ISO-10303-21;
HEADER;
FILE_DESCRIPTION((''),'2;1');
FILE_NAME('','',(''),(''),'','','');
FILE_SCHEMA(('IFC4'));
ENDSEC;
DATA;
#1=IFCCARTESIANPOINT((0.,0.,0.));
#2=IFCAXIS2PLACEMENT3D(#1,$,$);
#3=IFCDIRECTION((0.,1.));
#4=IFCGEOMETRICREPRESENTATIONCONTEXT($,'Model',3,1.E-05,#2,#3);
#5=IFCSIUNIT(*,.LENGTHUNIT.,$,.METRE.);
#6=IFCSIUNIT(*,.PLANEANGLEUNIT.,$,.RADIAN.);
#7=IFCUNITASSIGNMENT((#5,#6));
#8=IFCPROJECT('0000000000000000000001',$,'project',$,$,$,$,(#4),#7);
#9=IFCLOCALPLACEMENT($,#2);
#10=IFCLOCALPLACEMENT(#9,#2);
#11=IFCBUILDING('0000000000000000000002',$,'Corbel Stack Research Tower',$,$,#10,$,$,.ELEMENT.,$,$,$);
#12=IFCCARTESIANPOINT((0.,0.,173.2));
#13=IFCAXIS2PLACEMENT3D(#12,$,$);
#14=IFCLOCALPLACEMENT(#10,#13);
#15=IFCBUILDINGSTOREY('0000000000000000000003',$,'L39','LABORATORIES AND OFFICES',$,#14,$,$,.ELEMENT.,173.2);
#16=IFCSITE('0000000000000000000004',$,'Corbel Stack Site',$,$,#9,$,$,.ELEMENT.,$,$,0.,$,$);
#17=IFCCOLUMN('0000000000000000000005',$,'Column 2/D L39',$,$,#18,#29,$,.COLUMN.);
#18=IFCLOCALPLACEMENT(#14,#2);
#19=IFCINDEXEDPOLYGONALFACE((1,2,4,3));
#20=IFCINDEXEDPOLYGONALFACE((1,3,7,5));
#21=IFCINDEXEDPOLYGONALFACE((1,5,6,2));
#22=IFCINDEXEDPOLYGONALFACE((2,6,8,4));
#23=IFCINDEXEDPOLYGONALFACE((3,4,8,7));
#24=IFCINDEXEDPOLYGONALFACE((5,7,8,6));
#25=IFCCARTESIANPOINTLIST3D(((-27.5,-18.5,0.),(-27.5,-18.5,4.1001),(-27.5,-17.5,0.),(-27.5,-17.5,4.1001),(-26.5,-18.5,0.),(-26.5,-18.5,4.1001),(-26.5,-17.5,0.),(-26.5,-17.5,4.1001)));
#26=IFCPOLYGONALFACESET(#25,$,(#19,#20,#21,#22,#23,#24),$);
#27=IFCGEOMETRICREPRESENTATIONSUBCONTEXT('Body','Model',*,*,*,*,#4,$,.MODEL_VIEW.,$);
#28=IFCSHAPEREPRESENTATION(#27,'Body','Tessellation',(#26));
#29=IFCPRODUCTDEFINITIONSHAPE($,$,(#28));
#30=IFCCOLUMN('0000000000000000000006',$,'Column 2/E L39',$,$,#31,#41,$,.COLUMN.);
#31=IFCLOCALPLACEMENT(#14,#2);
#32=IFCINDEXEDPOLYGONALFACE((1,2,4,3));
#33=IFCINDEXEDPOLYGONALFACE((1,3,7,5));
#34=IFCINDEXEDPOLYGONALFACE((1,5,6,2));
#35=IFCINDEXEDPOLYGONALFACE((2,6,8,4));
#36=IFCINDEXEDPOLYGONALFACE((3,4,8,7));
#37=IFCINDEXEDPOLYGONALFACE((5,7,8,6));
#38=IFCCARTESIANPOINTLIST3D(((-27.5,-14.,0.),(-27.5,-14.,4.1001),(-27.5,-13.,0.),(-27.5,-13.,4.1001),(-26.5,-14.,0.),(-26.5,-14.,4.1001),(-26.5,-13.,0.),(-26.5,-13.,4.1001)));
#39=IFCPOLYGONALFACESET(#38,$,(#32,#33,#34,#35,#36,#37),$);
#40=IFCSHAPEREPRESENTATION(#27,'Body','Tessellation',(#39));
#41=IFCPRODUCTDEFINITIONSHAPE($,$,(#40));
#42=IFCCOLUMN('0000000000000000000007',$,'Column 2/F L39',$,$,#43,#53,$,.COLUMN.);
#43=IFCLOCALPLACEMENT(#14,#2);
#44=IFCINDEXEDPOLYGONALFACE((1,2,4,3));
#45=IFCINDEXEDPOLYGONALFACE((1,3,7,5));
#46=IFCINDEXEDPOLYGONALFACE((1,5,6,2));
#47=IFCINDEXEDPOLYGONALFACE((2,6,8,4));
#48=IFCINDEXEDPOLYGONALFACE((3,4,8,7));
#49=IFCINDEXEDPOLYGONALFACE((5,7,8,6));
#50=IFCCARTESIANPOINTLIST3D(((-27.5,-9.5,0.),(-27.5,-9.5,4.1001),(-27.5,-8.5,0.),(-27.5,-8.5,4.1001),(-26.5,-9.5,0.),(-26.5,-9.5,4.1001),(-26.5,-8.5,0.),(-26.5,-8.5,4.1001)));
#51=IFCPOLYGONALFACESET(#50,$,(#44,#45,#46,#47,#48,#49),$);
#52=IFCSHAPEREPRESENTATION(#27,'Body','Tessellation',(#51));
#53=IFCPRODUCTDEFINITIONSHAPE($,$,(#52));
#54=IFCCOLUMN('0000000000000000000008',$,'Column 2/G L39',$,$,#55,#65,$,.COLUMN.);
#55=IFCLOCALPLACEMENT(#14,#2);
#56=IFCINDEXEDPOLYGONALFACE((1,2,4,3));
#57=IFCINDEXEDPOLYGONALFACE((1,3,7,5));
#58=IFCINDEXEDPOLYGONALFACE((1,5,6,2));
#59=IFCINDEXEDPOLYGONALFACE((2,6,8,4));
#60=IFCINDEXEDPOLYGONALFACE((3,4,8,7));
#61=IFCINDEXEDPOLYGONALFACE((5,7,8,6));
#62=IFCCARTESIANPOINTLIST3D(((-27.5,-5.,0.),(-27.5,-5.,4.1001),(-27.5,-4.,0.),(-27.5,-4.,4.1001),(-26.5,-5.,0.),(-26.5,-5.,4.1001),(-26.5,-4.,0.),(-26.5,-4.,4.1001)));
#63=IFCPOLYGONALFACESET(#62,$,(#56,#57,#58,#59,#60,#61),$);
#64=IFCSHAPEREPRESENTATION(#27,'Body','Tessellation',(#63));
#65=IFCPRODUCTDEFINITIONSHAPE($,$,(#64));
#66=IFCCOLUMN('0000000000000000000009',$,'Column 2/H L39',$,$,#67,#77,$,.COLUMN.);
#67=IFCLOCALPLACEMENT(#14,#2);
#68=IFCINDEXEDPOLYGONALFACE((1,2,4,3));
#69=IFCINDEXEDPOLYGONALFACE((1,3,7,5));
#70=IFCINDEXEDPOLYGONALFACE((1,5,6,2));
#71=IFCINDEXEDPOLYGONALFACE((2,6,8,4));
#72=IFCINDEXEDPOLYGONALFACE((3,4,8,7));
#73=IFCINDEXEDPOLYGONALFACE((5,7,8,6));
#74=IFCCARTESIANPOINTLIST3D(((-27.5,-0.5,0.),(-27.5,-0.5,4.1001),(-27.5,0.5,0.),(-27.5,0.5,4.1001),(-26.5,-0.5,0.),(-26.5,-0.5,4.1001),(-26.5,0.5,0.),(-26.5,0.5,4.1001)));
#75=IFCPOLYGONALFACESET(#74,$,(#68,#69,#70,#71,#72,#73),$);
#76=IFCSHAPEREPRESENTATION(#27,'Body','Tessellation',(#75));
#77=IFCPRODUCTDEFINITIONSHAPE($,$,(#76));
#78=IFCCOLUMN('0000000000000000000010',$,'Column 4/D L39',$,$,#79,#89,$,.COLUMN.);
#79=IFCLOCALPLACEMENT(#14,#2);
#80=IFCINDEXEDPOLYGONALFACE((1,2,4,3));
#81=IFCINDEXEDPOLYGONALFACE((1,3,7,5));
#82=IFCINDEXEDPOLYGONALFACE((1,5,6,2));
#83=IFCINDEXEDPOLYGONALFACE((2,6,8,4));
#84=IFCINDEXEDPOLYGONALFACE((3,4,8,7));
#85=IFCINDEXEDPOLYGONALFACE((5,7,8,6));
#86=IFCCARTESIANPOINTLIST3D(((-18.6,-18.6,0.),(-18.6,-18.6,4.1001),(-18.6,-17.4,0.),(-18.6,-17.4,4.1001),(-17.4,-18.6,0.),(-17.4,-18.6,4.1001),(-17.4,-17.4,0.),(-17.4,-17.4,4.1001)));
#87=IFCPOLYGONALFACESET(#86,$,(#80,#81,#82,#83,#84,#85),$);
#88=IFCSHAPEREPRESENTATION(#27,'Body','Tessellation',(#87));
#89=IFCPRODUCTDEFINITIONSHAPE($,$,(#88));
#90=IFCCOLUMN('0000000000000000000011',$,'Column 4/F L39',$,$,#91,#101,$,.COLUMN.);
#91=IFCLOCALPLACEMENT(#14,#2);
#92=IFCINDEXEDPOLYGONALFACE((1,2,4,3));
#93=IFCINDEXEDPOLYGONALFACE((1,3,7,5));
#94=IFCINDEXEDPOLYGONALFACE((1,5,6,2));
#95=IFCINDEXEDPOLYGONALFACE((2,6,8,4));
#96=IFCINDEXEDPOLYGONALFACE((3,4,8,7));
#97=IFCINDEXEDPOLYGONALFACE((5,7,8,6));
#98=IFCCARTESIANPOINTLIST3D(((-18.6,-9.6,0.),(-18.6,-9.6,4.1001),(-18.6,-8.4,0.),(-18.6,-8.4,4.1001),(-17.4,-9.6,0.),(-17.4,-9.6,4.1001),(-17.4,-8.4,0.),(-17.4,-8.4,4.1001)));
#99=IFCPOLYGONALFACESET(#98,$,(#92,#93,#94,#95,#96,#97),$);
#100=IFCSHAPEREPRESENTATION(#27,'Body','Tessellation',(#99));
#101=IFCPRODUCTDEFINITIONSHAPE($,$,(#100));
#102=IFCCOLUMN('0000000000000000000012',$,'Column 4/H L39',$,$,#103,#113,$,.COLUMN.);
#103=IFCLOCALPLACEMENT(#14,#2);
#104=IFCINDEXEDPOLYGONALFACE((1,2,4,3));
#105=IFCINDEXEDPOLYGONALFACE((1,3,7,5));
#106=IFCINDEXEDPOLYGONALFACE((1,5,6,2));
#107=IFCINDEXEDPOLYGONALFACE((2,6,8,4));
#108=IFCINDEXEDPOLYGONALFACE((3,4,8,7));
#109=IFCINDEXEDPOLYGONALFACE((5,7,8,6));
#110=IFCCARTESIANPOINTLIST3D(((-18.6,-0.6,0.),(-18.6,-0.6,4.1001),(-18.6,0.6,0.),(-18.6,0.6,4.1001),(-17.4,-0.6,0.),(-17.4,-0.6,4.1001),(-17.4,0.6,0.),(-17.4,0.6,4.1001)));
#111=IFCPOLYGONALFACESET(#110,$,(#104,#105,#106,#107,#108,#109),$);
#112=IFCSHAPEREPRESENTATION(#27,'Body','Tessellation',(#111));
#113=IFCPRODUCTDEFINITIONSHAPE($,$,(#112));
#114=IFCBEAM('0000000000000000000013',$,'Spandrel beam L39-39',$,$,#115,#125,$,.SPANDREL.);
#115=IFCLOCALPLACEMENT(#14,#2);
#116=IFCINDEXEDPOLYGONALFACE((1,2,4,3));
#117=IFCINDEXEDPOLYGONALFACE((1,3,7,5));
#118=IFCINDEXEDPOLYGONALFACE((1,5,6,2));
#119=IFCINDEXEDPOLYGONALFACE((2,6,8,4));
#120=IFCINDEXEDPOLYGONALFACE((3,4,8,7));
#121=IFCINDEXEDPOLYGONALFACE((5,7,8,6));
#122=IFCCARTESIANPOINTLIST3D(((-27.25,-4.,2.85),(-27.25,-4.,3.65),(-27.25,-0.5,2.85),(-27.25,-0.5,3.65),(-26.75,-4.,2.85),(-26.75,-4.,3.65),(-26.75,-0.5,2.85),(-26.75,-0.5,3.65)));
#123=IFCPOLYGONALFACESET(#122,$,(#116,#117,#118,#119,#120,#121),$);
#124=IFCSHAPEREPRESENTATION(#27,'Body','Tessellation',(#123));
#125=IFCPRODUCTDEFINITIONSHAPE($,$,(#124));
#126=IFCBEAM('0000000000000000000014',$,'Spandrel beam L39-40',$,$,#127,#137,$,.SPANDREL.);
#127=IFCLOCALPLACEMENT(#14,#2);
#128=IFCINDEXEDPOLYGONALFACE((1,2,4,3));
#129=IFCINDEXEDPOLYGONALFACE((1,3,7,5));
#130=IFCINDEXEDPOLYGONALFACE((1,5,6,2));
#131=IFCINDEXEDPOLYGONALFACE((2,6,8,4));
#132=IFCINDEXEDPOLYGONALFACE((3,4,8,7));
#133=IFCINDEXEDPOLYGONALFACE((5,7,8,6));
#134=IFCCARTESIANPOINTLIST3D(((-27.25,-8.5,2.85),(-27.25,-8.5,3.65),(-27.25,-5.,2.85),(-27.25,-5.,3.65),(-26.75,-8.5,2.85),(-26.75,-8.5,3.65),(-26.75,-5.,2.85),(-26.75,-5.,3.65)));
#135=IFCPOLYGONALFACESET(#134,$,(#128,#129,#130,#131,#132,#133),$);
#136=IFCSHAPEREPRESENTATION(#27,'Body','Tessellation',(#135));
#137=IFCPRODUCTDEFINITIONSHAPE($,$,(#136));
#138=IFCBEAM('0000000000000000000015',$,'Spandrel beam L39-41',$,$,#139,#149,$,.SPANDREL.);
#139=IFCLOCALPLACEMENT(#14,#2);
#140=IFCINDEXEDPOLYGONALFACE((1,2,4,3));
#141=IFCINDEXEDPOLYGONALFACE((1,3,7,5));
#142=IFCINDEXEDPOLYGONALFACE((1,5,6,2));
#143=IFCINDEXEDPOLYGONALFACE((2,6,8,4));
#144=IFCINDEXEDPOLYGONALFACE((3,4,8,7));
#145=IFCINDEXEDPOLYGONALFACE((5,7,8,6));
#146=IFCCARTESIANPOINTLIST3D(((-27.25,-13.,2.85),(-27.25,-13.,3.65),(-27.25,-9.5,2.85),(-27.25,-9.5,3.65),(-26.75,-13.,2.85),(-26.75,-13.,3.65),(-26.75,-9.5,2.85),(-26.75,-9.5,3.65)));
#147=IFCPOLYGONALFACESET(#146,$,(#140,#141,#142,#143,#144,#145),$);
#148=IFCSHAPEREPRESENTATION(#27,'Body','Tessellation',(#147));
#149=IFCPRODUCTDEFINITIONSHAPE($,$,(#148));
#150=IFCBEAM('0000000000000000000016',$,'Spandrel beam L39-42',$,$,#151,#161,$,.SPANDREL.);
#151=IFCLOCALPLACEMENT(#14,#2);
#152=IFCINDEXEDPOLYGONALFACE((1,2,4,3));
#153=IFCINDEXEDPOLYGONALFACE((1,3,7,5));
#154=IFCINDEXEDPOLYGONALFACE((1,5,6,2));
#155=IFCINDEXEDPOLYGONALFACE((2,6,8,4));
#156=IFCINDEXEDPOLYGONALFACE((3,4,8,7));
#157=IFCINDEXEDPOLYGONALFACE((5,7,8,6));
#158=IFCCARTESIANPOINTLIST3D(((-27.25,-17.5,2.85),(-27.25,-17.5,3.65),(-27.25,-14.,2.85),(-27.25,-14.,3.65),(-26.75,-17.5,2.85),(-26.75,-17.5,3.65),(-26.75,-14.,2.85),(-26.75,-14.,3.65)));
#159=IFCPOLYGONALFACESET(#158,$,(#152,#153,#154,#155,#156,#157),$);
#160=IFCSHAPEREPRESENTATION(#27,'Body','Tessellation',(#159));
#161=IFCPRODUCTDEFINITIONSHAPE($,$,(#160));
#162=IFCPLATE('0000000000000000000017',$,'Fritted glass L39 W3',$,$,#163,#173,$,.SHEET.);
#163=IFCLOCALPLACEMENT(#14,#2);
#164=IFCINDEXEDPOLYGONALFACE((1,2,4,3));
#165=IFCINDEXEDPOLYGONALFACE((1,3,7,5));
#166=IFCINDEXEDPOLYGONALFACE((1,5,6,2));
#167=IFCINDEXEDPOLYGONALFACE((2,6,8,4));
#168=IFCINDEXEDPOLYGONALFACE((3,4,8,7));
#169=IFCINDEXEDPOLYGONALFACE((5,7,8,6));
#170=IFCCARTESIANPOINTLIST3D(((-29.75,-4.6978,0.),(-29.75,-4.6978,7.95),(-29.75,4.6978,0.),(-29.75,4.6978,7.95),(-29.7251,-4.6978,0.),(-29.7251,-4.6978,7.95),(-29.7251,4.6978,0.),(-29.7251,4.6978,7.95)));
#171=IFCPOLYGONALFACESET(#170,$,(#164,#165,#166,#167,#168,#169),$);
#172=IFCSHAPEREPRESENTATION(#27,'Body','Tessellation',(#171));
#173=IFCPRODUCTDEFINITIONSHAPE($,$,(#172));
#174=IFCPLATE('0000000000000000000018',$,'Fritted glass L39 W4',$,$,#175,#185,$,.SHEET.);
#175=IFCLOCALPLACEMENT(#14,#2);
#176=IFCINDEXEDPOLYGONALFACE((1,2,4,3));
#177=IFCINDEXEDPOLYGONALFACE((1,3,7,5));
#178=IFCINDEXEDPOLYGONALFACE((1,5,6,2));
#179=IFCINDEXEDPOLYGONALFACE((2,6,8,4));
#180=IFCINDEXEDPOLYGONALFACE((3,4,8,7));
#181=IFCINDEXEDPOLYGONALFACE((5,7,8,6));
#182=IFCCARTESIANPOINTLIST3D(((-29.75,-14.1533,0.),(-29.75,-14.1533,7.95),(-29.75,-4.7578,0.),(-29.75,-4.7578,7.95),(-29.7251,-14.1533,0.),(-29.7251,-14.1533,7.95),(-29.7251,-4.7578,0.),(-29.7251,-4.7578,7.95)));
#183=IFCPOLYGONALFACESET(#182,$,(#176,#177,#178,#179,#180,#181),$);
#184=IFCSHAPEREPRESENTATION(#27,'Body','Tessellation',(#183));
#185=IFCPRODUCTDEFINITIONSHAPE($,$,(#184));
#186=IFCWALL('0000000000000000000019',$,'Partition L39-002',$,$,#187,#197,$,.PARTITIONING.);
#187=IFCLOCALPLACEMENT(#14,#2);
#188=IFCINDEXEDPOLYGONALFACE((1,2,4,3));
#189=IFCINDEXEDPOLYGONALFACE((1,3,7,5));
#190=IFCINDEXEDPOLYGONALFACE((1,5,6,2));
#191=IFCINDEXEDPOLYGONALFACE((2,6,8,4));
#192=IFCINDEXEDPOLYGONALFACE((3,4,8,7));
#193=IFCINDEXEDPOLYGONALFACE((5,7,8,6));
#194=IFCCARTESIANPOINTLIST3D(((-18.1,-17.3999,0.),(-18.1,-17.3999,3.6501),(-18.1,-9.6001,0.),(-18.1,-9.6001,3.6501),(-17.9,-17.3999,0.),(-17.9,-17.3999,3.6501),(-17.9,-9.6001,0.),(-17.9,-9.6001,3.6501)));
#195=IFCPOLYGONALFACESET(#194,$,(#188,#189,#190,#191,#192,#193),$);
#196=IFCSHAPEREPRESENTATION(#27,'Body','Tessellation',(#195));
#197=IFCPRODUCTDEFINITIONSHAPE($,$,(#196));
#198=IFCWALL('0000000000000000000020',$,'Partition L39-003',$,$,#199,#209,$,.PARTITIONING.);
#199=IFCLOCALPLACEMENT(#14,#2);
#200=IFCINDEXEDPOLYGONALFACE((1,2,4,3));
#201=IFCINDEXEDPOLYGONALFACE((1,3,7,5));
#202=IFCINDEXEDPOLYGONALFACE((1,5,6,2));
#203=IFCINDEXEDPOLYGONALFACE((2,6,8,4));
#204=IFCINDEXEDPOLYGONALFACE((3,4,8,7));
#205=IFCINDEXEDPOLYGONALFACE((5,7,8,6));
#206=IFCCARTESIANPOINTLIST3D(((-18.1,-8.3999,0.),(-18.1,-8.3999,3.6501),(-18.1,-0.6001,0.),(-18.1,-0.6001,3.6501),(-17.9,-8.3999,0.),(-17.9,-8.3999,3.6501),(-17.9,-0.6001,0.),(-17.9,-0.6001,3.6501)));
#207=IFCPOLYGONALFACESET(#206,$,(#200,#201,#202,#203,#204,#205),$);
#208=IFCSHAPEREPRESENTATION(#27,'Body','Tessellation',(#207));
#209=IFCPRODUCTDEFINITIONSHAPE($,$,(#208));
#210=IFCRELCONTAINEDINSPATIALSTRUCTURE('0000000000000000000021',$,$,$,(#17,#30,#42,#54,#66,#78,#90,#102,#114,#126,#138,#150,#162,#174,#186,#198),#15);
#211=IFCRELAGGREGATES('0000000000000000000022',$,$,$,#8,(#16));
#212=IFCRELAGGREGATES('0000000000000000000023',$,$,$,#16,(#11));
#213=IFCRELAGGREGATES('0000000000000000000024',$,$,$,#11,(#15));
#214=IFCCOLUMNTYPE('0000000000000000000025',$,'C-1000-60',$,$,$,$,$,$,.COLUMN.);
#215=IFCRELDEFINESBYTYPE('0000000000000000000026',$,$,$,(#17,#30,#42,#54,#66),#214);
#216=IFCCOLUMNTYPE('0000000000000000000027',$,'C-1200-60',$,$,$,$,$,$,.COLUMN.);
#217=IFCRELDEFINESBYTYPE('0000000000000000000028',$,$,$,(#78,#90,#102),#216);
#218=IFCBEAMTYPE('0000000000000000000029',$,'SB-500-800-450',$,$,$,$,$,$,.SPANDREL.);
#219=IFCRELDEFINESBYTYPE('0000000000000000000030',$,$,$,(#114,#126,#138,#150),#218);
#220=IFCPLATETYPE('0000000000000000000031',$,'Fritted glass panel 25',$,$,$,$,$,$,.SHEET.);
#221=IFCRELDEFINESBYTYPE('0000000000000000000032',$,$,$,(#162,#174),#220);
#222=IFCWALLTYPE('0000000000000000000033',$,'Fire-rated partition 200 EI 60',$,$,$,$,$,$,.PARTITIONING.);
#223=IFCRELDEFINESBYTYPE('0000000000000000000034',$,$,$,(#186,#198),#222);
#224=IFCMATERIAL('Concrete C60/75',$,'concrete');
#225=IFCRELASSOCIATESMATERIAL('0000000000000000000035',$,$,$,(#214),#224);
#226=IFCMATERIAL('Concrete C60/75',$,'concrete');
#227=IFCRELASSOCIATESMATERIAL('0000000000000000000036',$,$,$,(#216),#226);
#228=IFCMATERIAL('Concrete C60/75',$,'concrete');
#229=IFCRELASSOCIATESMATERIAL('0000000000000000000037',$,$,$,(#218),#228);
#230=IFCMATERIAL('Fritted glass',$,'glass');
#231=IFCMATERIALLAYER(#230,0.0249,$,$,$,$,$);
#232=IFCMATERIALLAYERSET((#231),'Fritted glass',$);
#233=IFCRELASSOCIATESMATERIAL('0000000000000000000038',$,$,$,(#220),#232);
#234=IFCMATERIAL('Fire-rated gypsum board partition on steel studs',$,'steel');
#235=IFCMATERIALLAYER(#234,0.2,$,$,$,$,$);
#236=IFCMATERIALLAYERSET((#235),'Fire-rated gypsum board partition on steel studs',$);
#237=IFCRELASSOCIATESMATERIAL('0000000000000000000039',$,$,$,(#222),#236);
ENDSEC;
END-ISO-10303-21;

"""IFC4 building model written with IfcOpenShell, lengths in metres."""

from ifc_helpers import new_model, si_unit, direction, frame, frame_2d, origin, origin_2d, place, context, subcontext, project, spatial, rectangle, extrude, material, layer, layer_set, material_profile, profile_set, type_object, element, save


model = new_model("IFC4")

# Units and contexts
model_context = context("Model", 3, precision=1e-05, world=origin(), true_north=direction((0.0, 1.0)))
body_context = subcontext(model_context, "Body", "Model", "MODEL_VIEW")
ifc_project = project(units=[si_unit("LENGTHUNIT", "METRE"), si_unit("PLANEANGLEUNIT", "RADIAN")], contexts=[model_context])

# Site, building, storey
site_placement = place(None, origin())
site = spatial("IfcSite", under=ifc_project, at=site_placement, Name="Corbel Stack Site", CompositionType="ELEMENT", RefElevation=0.0)
building_placement = place(site_placement, origin())
building = spatial("IfcBuilding", under=site, at=building_placement, Name="Corbel Stack Research Tower", CompositionType="ELEMENT")
storey_placement = place(building_placement, frame((0.0, 0.0, 173.2)))
storey = spatial("IfcBuildingStorey", under=building, at=storey_placement, Name="L39", Description="LABORATORIES AND OFFICES", CompositionType="ELEMENT", Elevation=173.2)

# Columns
ifc_material_1 = material(Name="Concrete C60/75", Category="concrete")
ifc_material_profile_1 = material_profile(ifc_material_1, rectangle(XDim=1.0, YDim=1.0, at=origin_2d()), Name="RC 1000 x 1000")
ifc_profile_set_1 = profile_set([ifc_material_profile_1], Name="Concrete C60/75")
column_type_1 = type_object("IfcColumnType", Name="C-1000-60", PredefinedType="COLUMN", material=ifc_profile_set_1)
for number, where, z_axis, x_axis, name in (
    (1, (-27.0, -18.0, 0.0), (0.0, 0.0, 1.0), (1.0, 0.0, 0.0), "Column 2/D L39"),
    (2, (-27.0, -13.5, 0.0), (0.0, 0.0, 1.0), (1.0, 0.0, 0.0), "Column 2/E L39"),
    (3, (-27.0, -9.0, 0.0), (0.0, 0.0, 1.0), (1.0, 0.0, 0.0), "Column 2/F L39"),
    (4, (-27.0, -4.5, 0.0), (0.0, 0.0, 1.0), (1.0, 0.0, 0.0), "Column 2/G L39"),
    (5, (-27.0, 0.0, 0.0), (0.0, 0.0, 1.0), (1.0, 0.0, 0.0), "Column 2/H L39"),
):
    element("IfcColumn", number, at=place(storey_placement, frame(where, z_axis=z_axis, x_axis=x_axis)), inside=storey, type_object=column_type_1, Name=name, PredefinedType="COLUMN", context=body_context, shape_type="SweptSolid", body=[
        extrude(rectangle(XDim=1.0, YDim=1.0, at=origin_2d()), origin(), (0.0, 0.0, 1.0), 4.1001),
    ])
ifc_material_2 = material(Name="Concrete C60/75", Category="concrete")
ifc_material_profile_2 = material_profile(ifc_material_2, rectangle(XDim=1.2, YDim=1.2, at=origin_2d()), Name="RC 1200 x 1200")
ifc_profile_set_2 = profile_set([ifc_material_profile_2], Name="Concrete C60/75")
column_type_2 = type_object("IfcColumnType", Name="C-1200-60", PredefinedType="COLUMN", material=ifc_profile_set_2)
for number, where, z_axis, x_axis, name in (
    (6, (-18.0, -18.0, 0.0), (0.0, 0.0, 1.0), (1.0, 0.0, 0.0), "Column 4/D L39"),
    (7, (-18.0, -9.0, 0.0), (0.0, 0.0, 1.0), (1.0, 0.0, 0.0), "Column 4/F L39"),
    (8, (-18.0, 0.0, 0.0), (0.0, 0.0, 1.0), (1.0, 0.0, 0.0), "Column 4/H L39"),
):
    element("IfcColumn", number, at=place(storey_placement, frame(where, z_axis=z_axis, x_axis=x_axis)), inside=storey, type_object=column_type_2, Name=name, PredefinedType="COLUMN", context=body_context, shape_type="SweptSolid", body=[
        extrude(rectangle(XDim=1.2, YDim=1.2, at=origin_2d()), origin(), (0.0, 0.0, 1.0), 4.1001),
    ])

# Beams
ifc_material_3 = material(Name="Concrete C60/75", Category="concrete")
ifc_material_profile_3 = material_profile(ifc_material_3, rectangle(XDim=0.5, YDim=0.8, at=origin_2d()), Name="RC 500 x 800")
ifc_profile_set_3 = profile_set([ifc_material_profile_3], Name="Concrete C60/75")
beam_type = type_object("IfcBeamType", Name="SB-500-800-450", PredefinedType="SPANDREL", material=ifc_profile_set_3)
for number, where, z_axis, x_axis, name in (
    (9, (-27.0, -0.5, 3.25), (0.0, -1.0, 0.0), (1.0, 0.0, 0.0), "Spandrel beam L39-39"),
    (10, (-27.0, -5.0, 3.25), (0.0, -1.0, 0.0), (1.0, 0.0, 0.0), "Spandrel beam L39-40"),
    (11, (-27.0, -9.5, 3.25), (0.0, -1.0, 0.0), (1.0, 0.0, 0.0), "Spandrel beam L39-41"),
    (12, (-27.0, -14.0, 3.25), (0.0, -1.0, 0.0), (1.0, 0.0, 0.0), "Spandrel beam L39-42"),
):
    element("IfcBeam", number, at=place(storey_placement, frame(where, z_axis=z_axis, x_axis=x_axis)), inside=storey, type_object=beam_type, Name=name, PredefinedType="SPANDREL", context=body_context, shape_type="SweptSolid", body=[
        extrude(rectangle(XDim=0.5, YDim=0.8, at=origin_2d()), origin(), (0.0, 0.0, 1.0), 3.5),
    ])

# Plates
ifc_material_4 = material(Name="Fritted glass", Category="glass")
ifc_layer_1 = layer(ifc_material_4, 0.0249)
ifc_layer_set_1 = layer_set([ifc_layer_1], Name="Fritted glass")
plate_type = type_object("IfcPlateType", Name="Fritted glass panel 25", PredefinedType="SHEET", material=ifc_layer_set_1)
for number, where, z_axis, x_axis, name in (
    (13, (-29.7375, 0.0, 0.0), (0.0, 0.0, 1.0), (0.0, -1.0, 0.0), "Fritted glass L39 W3"),
    (14, (-29.7375, -9.4556, 0.0), (0.0, 0.0, 1.0), (0.0, -1.0, 0.0), "Fritted glass L39 W4"),
):
    element("IfcPlate", number, at=place(storey_placement, frame(where, z_axis=z_axis, x_axis=x_axis)), inside=storey, type_object=plate_type, Name=name, PredefinedType="SHEET", context=body_context, shape_type="SweptSolid", body=[
        extrude(rectangle(XDim=9.3955, YDim=0.0249, at=origin_2d()), origin(), (0.0, 0.0, 1.0), 7.95),
    ])

# Walls
ifc_material_5 = material(Name="Fire-rated gypsum board partition on steel studs", Category="steel")
ifc_layer_2 = layer(ifc_material_5, 0.2)
ifc_layer_set_2 = layer_set([ifc_layer_2], Name="Fire-rated gypsum board partition on steel studs")
wall_type_1 = type_object("IfcWallType", Name="Fire-rated partition 200 EI 60", PredefinedType="PARTITIONING", material=ifc_layer_set_2)
for number, where, z_axis, x_axis, name in (
    (15, (-18.0, -17.3999, 0.0), (0.0, 0.0, 1.0), (0.0, 1.0, 0.0), "Partition L39-002"),
    (16, (-18.0, -8.3999, 0.0), (0.0, 0.0, 1.0), (0.0, 1.0, 0.0), "Partition L39-003"),
):
    element("IfcWall", number, at=place(storey_placement, frame(where, z_axis=z_axis, x_axis=x_axis)), inside=storey, type_object=wall_type_1, Name=name, PredefinedType="PARTITIONING", context=body_context, shape_type="SweptSolid", body=[
        extrude(rectangle(XDim=7.7998, YDim=0.2, at=frame_2d((3.8999, 0.0))), origin(), (0.0, 0.0, 1.0), 3.6501),
    ])

save(model, "model.ifc")
